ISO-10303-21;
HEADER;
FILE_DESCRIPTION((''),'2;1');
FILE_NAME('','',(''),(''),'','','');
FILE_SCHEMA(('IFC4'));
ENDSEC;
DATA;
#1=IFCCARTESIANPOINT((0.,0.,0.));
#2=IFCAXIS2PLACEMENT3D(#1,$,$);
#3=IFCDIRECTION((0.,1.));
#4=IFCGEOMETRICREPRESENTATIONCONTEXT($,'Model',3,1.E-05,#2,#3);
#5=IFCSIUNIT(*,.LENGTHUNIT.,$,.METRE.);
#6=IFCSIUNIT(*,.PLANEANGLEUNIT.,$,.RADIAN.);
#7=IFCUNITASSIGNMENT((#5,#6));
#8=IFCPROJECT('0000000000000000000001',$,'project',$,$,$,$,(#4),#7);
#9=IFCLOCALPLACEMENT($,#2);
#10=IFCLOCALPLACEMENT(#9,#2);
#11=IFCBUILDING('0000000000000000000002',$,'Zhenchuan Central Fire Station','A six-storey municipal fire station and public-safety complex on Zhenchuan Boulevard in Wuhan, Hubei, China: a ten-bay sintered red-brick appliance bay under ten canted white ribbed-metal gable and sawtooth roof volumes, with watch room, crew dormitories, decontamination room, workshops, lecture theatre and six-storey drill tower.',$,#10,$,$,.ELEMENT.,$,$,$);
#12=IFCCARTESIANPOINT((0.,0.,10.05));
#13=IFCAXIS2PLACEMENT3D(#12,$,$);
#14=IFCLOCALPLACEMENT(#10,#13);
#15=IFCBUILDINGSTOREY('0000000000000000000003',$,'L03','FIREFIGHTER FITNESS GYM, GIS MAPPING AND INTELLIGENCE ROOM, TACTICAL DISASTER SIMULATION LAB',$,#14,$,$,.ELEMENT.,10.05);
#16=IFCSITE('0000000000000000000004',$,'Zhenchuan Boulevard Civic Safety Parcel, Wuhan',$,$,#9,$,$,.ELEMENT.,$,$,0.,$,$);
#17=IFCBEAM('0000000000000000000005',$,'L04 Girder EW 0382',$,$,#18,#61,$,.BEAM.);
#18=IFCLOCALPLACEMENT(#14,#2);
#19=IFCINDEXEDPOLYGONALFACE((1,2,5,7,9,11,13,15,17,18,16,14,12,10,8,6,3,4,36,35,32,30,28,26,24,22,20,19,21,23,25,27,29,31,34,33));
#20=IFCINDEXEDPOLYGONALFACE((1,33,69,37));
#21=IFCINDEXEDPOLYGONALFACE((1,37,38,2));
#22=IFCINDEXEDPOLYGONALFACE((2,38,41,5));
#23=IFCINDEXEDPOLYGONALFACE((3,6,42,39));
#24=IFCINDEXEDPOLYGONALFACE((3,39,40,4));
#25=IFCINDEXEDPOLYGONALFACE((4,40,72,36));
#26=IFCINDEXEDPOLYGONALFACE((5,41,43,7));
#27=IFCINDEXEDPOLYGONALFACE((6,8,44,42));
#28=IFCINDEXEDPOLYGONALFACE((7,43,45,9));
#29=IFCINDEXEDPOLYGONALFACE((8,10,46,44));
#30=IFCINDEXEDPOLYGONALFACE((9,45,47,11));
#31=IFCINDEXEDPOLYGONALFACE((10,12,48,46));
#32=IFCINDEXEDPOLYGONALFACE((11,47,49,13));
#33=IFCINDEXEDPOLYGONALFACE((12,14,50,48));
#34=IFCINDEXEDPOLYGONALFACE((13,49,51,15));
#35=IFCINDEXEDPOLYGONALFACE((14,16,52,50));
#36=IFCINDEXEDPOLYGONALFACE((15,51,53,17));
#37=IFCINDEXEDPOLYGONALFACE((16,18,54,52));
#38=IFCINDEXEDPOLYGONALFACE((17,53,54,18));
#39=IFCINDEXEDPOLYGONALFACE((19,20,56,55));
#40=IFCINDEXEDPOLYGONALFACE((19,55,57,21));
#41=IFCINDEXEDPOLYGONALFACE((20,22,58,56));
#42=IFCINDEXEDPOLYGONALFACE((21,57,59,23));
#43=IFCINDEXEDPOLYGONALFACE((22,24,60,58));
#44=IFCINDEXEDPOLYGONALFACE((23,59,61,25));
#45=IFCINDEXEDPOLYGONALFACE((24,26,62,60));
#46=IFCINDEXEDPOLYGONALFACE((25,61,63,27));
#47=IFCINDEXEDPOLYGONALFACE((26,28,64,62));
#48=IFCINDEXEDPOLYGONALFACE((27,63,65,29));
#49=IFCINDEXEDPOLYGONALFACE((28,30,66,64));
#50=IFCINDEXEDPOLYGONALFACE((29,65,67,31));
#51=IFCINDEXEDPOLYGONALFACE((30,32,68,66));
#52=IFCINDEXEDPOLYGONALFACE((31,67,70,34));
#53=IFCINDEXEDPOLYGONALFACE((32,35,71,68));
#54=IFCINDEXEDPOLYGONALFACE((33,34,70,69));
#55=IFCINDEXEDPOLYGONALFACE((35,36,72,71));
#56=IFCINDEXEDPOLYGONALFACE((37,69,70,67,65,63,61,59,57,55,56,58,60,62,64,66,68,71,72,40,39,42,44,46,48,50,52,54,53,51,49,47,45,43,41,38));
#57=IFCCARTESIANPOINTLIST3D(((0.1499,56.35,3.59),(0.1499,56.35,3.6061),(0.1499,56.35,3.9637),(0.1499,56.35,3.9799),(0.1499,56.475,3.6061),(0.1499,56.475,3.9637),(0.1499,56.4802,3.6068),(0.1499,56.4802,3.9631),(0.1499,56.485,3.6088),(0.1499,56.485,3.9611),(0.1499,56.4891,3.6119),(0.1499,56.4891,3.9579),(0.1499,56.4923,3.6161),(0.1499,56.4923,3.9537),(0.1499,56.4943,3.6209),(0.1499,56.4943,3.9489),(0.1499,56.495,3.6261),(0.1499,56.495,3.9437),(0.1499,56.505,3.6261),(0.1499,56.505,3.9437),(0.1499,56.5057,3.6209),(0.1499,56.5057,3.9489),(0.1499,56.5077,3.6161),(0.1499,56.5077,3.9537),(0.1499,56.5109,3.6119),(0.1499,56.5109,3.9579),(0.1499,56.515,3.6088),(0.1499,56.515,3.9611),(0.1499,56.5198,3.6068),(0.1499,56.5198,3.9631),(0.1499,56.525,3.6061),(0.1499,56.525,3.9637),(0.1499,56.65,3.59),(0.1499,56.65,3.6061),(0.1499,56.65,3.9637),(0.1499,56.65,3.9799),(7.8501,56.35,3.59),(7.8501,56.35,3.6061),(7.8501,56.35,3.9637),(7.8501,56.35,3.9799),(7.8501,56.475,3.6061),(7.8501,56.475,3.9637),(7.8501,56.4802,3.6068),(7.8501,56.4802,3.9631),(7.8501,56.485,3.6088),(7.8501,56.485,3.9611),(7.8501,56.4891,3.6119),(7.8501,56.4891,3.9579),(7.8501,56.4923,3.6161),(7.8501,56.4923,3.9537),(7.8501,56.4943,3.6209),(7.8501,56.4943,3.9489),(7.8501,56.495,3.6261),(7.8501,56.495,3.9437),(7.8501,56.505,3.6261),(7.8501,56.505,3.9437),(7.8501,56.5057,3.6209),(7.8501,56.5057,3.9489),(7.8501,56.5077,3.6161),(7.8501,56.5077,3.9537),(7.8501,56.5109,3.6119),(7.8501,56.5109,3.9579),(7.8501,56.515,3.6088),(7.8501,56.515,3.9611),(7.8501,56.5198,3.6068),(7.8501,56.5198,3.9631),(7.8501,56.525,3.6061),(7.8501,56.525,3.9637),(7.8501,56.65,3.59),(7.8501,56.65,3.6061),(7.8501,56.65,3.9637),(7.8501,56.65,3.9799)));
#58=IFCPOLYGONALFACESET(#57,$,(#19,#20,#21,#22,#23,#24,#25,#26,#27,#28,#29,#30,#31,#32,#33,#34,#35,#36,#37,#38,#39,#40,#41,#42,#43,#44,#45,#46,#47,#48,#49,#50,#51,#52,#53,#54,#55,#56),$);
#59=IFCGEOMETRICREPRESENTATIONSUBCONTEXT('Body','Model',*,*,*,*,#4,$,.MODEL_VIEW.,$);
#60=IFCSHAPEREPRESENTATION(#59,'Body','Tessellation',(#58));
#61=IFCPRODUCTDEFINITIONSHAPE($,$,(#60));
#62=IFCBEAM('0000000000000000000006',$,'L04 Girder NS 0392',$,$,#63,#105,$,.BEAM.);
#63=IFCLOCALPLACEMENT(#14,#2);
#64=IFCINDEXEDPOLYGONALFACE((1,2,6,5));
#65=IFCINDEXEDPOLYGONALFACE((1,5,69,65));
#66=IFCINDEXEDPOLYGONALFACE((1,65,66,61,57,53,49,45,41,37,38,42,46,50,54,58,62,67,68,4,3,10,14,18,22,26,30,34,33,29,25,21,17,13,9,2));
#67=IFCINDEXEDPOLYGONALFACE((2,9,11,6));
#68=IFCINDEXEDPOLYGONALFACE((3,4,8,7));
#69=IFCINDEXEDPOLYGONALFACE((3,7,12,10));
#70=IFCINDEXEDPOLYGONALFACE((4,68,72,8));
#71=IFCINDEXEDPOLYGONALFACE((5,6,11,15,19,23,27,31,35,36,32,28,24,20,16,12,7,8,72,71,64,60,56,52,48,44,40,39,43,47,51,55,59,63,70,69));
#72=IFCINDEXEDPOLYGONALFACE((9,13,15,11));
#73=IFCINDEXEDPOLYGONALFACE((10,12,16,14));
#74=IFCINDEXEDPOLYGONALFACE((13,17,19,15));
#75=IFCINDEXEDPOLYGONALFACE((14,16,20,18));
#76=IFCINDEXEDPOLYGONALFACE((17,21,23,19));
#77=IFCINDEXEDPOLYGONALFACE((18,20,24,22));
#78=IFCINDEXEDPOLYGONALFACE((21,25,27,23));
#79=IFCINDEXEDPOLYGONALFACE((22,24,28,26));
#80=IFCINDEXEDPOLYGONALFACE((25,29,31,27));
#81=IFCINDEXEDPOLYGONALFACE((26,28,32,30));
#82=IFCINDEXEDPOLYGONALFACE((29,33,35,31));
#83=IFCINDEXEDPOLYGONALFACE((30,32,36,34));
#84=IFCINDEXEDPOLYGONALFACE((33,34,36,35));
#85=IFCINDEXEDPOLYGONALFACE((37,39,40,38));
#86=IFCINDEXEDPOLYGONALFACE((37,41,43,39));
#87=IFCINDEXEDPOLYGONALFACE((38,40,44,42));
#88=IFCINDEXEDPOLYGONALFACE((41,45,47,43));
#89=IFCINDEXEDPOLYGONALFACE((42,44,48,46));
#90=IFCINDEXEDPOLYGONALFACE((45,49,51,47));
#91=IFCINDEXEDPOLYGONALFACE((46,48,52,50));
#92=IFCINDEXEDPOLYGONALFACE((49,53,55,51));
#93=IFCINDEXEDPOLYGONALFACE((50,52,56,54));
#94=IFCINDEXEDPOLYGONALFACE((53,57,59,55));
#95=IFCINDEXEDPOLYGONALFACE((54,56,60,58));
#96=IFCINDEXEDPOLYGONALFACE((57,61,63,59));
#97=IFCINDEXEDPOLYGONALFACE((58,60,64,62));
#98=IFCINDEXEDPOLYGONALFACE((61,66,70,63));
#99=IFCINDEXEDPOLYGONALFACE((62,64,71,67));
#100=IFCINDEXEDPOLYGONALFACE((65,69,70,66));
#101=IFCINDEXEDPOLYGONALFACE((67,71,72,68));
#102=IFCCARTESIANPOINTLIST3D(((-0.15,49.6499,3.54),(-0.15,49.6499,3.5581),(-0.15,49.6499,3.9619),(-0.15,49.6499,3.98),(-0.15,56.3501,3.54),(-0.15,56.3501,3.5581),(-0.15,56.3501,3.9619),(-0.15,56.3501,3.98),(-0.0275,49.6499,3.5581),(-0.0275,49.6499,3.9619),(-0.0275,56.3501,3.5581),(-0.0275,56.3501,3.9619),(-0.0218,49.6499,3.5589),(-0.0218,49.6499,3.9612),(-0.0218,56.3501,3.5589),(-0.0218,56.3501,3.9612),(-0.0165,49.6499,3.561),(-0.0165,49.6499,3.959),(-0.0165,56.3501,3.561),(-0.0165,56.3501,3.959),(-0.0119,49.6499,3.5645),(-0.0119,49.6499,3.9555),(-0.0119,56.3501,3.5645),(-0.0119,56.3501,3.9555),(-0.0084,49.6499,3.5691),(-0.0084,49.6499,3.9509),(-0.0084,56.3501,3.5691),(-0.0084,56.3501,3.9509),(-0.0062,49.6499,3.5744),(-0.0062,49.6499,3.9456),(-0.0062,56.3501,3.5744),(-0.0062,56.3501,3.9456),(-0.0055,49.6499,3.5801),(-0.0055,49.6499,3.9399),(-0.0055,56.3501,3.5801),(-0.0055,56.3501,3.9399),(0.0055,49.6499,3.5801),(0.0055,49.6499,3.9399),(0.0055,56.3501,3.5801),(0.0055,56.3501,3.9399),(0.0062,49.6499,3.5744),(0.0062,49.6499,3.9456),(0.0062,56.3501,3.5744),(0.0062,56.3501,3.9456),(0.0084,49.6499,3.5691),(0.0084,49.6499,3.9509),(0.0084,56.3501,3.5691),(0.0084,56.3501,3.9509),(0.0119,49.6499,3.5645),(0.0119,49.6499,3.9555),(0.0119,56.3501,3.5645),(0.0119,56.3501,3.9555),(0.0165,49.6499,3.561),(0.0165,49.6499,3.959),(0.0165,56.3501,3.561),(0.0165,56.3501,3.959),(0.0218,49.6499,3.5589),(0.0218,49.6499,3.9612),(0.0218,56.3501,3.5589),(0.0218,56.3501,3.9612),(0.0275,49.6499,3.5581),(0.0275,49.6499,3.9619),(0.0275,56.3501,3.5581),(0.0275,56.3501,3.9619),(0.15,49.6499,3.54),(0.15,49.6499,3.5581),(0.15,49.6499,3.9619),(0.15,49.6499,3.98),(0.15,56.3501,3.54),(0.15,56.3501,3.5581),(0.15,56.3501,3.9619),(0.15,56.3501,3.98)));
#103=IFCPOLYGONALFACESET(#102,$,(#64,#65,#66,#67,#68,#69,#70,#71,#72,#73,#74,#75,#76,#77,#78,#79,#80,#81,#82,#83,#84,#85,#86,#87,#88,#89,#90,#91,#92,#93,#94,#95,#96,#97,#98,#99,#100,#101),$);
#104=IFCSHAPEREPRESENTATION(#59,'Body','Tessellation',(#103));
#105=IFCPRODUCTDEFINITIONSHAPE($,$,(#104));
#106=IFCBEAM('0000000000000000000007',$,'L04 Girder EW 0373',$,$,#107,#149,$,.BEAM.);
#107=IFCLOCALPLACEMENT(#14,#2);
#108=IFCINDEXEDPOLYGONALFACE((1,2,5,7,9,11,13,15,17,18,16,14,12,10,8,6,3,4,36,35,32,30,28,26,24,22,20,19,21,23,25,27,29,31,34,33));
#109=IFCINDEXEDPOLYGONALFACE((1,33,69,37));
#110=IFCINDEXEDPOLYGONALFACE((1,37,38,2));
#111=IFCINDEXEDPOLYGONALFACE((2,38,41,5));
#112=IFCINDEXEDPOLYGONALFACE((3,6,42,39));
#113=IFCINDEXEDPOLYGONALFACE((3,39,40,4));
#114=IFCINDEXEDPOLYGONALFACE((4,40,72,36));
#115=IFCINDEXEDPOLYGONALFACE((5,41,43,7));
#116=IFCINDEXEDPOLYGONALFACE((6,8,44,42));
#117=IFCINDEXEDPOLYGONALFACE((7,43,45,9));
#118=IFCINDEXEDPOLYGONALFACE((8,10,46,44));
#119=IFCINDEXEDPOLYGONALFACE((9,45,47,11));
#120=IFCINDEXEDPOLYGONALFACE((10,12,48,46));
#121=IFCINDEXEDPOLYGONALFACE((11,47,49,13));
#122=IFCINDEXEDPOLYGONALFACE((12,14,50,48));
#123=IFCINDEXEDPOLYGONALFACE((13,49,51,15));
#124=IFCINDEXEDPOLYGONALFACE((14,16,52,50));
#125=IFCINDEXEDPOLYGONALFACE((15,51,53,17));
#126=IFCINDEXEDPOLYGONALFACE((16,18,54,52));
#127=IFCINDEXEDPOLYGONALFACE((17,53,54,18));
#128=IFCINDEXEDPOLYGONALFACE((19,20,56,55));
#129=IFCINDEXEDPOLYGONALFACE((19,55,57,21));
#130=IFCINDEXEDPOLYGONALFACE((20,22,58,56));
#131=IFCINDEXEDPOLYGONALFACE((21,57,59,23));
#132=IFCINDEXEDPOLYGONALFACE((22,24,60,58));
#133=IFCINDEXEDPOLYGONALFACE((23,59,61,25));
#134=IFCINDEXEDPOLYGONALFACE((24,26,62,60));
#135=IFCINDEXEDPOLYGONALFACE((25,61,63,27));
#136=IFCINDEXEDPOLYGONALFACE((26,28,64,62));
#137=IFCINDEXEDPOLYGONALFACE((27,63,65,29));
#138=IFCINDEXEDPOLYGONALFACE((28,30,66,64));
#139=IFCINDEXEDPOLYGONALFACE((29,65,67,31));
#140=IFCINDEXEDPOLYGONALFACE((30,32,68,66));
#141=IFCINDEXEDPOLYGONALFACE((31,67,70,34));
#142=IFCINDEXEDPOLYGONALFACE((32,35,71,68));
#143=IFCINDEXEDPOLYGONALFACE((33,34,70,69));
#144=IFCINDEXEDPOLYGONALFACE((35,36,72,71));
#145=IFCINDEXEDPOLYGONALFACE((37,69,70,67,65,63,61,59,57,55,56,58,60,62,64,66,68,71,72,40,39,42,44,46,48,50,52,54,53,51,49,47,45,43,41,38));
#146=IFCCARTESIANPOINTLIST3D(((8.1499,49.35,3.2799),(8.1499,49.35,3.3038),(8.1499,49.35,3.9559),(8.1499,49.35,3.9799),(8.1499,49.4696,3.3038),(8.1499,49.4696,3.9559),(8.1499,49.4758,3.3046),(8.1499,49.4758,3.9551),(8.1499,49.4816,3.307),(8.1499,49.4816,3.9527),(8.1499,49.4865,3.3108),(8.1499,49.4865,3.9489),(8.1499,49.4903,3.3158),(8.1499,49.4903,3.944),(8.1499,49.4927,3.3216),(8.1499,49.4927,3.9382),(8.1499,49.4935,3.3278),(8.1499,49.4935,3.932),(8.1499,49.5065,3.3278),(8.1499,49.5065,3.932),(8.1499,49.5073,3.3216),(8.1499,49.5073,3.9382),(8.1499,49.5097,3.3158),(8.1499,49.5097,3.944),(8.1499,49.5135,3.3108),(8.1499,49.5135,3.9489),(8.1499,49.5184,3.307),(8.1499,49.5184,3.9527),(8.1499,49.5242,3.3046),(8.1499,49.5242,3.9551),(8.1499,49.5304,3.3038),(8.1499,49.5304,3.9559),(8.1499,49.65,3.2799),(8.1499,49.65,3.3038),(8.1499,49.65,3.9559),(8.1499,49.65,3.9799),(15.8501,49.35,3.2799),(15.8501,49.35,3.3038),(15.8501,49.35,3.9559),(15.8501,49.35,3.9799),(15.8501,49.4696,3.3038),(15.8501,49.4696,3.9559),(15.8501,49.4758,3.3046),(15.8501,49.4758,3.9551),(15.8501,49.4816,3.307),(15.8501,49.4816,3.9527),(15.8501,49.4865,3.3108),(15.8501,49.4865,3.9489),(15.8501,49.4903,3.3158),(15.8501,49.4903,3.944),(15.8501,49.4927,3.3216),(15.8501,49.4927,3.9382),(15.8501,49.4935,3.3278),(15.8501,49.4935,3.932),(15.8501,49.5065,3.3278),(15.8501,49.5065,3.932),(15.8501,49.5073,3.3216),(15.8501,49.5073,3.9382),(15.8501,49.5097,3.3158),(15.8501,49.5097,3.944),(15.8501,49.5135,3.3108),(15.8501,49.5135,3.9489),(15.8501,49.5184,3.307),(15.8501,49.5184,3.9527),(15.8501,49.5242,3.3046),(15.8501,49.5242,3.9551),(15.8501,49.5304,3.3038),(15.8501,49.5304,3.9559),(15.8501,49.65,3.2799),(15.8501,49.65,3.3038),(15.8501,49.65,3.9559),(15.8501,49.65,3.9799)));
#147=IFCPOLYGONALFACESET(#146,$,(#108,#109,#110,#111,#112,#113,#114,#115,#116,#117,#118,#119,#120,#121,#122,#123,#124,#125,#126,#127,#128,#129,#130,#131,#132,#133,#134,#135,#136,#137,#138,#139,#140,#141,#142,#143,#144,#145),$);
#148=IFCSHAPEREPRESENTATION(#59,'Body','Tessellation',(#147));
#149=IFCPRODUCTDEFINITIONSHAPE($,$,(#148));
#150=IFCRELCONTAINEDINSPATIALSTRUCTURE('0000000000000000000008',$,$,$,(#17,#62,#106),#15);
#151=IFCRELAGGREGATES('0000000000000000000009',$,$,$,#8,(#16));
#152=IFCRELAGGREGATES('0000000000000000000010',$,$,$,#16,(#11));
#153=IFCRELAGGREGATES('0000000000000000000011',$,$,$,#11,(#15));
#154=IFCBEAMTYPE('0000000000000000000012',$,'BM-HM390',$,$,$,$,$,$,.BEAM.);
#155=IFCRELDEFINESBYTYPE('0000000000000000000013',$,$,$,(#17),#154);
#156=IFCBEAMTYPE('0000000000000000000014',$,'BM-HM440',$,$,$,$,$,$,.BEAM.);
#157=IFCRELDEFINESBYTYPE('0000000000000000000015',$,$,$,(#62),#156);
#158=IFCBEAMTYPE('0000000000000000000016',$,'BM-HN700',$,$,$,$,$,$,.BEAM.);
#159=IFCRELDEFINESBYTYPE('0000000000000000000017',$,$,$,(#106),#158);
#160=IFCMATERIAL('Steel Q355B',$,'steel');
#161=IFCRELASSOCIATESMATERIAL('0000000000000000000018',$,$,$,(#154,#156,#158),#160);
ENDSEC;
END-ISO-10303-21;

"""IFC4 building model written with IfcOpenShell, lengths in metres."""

from ifc_helpers import new_model, si_unit, direction, frame, origin, origin_2d, place, context, subcontext, project, spatial, i_section, extrude, material, material_profile, profile_set, type_object, element, save


model = new_model("IFC4")

# Units and contexts
model_context = context("Model", 3, precision=1e-05, world=origin(), true_north=direction((0.0, 1.0)))
body_context = subcontext(model_context, "Body", "Model", "MODEL_VIEW")
ifc_project = project(units=[si_unit("LENGTHUNIT", "METRE"), si_unit("PLANEANGLEUNIT", "RADIAN")], contexts=[model_context])

# Site, building, storey
site_placement = place(None, origin())
site = spatial("IfcSite", under=ifc_project, at=site_placement, Name="Zhenchuan Boulevard Civic Safety Parcel, Wuhan", CompositionType="ELEMENT", RefElevation=0.0)
building_placement = place(site_placement, origin())
building = spatial("IfcBuilding", under=site, at=building_placement, Name="Zhenchuan Central Fire Station", Description="A six-storey municipal fire station and public-safety complex on Zhenchuan Boulevard in Wuhan, Hubei, China: a ten-bay sintered red-brick appliance bay under ten canted white ribbed-metal gable and sawtooth roof volumes, with watch room, crew dormitories, decontamination room, workshops, lecture theatre and six-storey drill tower.", CompositionType="ELEMENT")
storey_placement = place(building_placement, frame((0.0, 0.0, 10.05)))
storey = spatial("IfcBuildingStorey", under=building, at=storey_placement, Name="L03", Description="FIREFIGHTER FITNESS GYM, GIS MAPPING AND INTELLIGENCE ROOM, TACTICAL DISASTER SIMULATION LAB", CompositionType="ELEMENT", Elevation=10.05)

# Shared definitions
ifc_material_1 = material(Name="Steel Q355B", Category="steel")

# Beams
ifc_material_profile_1 = material_profile(ifc_material_1, i_section(OverallWidth=0.3, OverallDepth=0.3899, WebThickness=0.01, FlangeThickness=0.0161, FilletRadius=0.02, at=origin_2d()), Name="HM 390x300")
ifc_profile_set_1 = profile_set([ifc_material_profile_1], Name="Steel Q355B")
beam_type_1 = type_object("IfcBeamType", Name="BM-HM390", PredefinedType="BEAM", material=ifc_profile_set_1)
beam_1_placement = place(storey_placement, frame((0.1499, 56.5, 3.7849), z_axis=(1.0, 0.0, 0.0), x_axis=(0.0, 1.0, 0.0)))
element("IfcBeam", 1, at=beam_1_placement, inside=storey, type_object=beam_type_1, Name="L04 Girder EW 0382", PredefinedType="BEAM", context=body_context, shape_type="SweptSolid", body=[
    extrude(i_section(OverallWidth=0.3, OverallDepth=0.3899, WebThickness=0.01, FlangeThickness=0.0161, FilletRadius=0.02, at=origin_2d()), origin(), (0.0, 0.0, 1.0), 7.7002),
])
ifc_material_profile_2 = material_profile(ifc_material_1, i_section(OverallWidth=0.3, OverallDepth=0.4399, WebThickness=0.011, FlangeThickness=0.0181, FilletRadius=0.022, at=origin_2d()), Name="HM 440x300")
ifc_profile_set_2 = profile_set([ifc_material_profile_2], Name="Steel Q355B")
beam_type_2 = type_object("IfcBeamType", Name="BM-HM440", PredefinedType="BEAM", material=ifc_profile_set_2)
beam_2_placement = place(storey_placement, frame((0.0, 49.6499, 3.76), z_axis=(0.0, 1.0, 0.0), x_axis=(-1.0, 0.0, 0.0)))
element("IfcBeam", 2, at=beam_2_placement, inside=storey, type_object=beam_type_2, Name="L04 Girder NS 0392", PredefinedType="BEAM", context=body_context, shape_type="SweptSolid", body=[
    extrude(i_section(OverallWidth=0.3, OverallDepth=0.4399, WebThickness=0.011, FlangeThickness=0.0181, FilletRadius=0.022, at=origin_2d()), origin(), (0.0, 0.0, 1.0), 6.7002),
])
ifc_material_profile_3 = material_profile(ifc_material_1, i_section(OverallWidth=0.3, OverallDepth=0.7, WebThickness=0.0129, FlangeThickness=0.0239, FilletRadius=0.0239, at=origin_2d()), Name="HN 700x300")
ifc_profile_set_3 = profile_set([ifc_material_profile_3], Name="Steel Q355B")
beam_type_3 = type_object("IfcBeamType", Name="BM-HN700", PredefinedType="BEAM", material=ifc_profile_set_3)
beam_3_placement = place(storey_placement, frame((8.1499, 49.5, 3.6299), z_axis=(1.0, 0.0, 0.0), x_axis=(0.0, 1.0, 0.0)))
element("IfcBeam", 3, at=beam_3_placement, inside=storey, type_object=beam_type_3, Name="L04 Girder EW 0373", PredefinedType="BEAM", context=body_context, shape_type="SweptSolid", body=[
    extrude(i_section(OverallWidth=0.3, OverallDepth=0.7, WebThickness=0.0129, FlangeThickness=0.0239, FilletRadius=0.0239, at=origin_2d()), origin(), (0.0, 0.0, 1.0), 7.7002),
])

save(model, "model.ifc")
